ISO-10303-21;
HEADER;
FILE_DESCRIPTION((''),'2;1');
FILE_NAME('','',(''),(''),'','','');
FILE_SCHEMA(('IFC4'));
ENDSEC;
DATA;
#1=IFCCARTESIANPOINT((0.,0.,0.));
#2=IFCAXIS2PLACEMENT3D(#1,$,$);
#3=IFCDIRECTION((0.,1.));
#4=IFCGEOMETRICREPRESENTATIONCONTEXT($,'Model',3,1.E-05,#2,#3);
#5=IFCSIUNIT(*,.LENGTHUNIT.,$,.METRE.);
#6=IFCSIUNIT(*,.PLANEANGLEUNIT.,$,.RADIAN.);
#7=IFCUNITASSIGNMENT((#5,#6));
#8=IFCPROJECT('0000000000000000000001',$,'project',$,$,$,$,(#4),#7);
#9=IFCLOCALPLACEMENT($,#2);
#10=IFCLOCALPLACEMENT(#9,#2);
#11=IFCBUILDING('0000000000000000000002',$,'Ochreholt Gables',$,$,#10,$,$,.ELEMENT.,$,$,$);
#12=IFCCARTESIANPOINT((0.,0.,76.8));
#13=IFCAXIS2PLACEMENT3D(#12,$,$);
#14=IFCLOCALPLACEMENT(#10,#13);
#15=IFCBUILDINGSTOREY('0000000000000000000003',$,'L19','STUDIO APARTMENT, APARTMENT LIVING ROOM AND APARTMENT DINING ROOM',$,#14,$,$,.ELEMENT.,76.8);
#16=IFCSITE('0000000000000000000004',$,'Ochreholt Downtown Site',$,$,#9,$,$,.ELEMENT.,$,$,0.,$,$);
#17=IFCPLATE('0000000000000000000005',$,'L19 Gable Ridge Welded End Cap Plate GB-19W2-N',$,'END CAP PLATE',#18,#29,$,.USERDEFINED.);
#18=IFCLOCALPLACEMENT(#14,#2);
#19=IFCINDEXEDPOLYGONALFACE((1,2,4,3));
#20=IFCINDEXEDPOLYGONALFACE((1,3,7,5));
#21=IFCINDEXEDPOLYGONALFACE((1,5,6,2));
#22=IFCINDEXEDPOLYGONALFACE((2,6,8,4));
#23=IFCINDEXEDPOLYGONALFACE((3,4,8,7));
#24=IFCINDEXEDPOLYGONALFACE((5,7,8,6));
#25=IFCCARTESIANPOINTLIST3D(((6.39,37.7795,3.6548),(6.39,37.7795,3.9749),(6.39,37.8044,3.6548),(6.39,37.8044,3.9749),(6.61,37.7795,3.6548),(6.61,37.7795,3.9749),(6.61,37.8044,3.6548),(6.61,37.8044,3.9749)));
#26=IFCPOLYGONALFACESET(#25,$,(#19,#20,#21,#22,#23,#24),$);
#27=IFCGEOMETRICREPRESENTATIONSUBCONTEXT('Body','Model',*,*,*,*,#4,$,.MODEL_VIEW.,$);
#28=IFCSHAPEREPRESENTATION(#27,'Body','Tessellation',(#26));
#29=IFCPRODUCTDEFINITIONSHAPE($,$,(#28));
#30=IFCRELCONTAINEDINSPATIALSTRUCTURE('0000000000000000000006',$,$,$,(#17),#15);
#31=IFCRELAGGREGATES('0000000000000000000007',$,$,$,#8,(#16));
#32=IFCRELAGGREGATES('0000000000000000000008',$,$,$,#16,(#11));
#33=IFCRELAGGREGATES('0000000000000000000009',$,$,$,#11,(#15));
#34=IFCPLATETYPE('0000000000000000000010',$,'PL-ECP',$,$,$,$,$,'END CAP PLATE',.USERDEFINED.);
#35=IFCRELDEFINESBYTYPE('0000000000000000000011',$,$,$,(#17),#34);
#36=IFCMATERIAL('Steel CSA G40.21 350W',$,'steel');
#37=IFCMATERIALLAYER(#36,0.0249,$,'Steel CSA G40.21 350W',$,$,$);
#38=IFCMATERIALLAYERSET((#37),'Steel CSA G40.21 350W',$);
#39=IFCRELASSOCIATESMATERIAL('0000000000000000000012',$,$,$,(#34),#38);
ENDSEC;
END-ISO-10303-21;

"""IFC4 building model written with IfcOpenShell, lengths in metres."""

from ifc_helpers import new_model, si_unit, direction, frame, origin, origin_2d, place, context, subcontext, project, spatial, rectangle, extrude, material, layer, layer_set, type_object, element, save


model = new_model("IFC4")

# Units and contexts
model_context = context("Model", 3, precision=1e-05, world=origin(), true_north=direction((0.0, 1.0)))
body_context = subcontext(model_context, "Body", "Model", "MODEL_VIEW")
ifc_project = project(units=[si_unit("LENGTHUNIT", "METRE"), si_unit("PLANEANGLEUNIT", "RADIAN")], contexts=[model_context])

# Site, building, storey
site_placement = place(None, origin())
site = spatial("IfcSite", under=ifc_project, at=site_placement, Name="Ochreholt Downtown Site", CompositionType="ELEMENT", RefElevation=0.0)
building_placement = place(site_placement, origin())
building = spatial("IfcBuilding", under=site, at=building_placement, Name="Ochreholt Gables", CompositionType="ELEMENT")
storey_placement = place(building_placement, frame((0.0, 0.0, 76.8)))
storey = spatial("IfcBuildingStorey", under=building, at=storey_placement, Name="L19", Description="STUDIO APARTMENT, APARTMENT LIVING ROOM AND APARTMENT DINING ROOM", CompositionType="ELEMENT", Elevation=76.8)

# Shared definitions
ifc_material_1 = material(Name="Steel CSA G40.21 350W", Category="steel")

# Plate
ifc_layer_1 = layer(ifc_material_1, 0.0249, Name="Steel CSA G40.21 350W")
ifc_layer_set_1 = layer_set([ifc_layer_1], Name="Steel CSA G40.21 350W")
plate_type = type_object("IfcPlateType", Name="PL-ECP", ElementType="END CAP PLATE", PredefinedType="USERDEFINED", material=ifc_layer_set_1)
plate_placement = place(storey_placement, frame((6.5, 37.792, 3.6548), z_axis=(0.0, 0.0, 1.0), x_axis=(1.0, 0.0, 0.0)))
element("IfcPlate", 1, at=plate_placement, inside=storey, type_object=plate_type, Name="L19 Gable Ridge Welded End Cap Plate GB-19W2-N", ObjectType="END CAP PLATE", PredefinedType="USERDEFINED", context=body_context, shape_type="SweptSolid", body=[
    extrude(rectangle(XDim=0.22, YDim=0.0249, at=origin_2d()), origin(), (0.0, 0.0, 1.0), 0.3201),
])

save(model, "model.ifc")
